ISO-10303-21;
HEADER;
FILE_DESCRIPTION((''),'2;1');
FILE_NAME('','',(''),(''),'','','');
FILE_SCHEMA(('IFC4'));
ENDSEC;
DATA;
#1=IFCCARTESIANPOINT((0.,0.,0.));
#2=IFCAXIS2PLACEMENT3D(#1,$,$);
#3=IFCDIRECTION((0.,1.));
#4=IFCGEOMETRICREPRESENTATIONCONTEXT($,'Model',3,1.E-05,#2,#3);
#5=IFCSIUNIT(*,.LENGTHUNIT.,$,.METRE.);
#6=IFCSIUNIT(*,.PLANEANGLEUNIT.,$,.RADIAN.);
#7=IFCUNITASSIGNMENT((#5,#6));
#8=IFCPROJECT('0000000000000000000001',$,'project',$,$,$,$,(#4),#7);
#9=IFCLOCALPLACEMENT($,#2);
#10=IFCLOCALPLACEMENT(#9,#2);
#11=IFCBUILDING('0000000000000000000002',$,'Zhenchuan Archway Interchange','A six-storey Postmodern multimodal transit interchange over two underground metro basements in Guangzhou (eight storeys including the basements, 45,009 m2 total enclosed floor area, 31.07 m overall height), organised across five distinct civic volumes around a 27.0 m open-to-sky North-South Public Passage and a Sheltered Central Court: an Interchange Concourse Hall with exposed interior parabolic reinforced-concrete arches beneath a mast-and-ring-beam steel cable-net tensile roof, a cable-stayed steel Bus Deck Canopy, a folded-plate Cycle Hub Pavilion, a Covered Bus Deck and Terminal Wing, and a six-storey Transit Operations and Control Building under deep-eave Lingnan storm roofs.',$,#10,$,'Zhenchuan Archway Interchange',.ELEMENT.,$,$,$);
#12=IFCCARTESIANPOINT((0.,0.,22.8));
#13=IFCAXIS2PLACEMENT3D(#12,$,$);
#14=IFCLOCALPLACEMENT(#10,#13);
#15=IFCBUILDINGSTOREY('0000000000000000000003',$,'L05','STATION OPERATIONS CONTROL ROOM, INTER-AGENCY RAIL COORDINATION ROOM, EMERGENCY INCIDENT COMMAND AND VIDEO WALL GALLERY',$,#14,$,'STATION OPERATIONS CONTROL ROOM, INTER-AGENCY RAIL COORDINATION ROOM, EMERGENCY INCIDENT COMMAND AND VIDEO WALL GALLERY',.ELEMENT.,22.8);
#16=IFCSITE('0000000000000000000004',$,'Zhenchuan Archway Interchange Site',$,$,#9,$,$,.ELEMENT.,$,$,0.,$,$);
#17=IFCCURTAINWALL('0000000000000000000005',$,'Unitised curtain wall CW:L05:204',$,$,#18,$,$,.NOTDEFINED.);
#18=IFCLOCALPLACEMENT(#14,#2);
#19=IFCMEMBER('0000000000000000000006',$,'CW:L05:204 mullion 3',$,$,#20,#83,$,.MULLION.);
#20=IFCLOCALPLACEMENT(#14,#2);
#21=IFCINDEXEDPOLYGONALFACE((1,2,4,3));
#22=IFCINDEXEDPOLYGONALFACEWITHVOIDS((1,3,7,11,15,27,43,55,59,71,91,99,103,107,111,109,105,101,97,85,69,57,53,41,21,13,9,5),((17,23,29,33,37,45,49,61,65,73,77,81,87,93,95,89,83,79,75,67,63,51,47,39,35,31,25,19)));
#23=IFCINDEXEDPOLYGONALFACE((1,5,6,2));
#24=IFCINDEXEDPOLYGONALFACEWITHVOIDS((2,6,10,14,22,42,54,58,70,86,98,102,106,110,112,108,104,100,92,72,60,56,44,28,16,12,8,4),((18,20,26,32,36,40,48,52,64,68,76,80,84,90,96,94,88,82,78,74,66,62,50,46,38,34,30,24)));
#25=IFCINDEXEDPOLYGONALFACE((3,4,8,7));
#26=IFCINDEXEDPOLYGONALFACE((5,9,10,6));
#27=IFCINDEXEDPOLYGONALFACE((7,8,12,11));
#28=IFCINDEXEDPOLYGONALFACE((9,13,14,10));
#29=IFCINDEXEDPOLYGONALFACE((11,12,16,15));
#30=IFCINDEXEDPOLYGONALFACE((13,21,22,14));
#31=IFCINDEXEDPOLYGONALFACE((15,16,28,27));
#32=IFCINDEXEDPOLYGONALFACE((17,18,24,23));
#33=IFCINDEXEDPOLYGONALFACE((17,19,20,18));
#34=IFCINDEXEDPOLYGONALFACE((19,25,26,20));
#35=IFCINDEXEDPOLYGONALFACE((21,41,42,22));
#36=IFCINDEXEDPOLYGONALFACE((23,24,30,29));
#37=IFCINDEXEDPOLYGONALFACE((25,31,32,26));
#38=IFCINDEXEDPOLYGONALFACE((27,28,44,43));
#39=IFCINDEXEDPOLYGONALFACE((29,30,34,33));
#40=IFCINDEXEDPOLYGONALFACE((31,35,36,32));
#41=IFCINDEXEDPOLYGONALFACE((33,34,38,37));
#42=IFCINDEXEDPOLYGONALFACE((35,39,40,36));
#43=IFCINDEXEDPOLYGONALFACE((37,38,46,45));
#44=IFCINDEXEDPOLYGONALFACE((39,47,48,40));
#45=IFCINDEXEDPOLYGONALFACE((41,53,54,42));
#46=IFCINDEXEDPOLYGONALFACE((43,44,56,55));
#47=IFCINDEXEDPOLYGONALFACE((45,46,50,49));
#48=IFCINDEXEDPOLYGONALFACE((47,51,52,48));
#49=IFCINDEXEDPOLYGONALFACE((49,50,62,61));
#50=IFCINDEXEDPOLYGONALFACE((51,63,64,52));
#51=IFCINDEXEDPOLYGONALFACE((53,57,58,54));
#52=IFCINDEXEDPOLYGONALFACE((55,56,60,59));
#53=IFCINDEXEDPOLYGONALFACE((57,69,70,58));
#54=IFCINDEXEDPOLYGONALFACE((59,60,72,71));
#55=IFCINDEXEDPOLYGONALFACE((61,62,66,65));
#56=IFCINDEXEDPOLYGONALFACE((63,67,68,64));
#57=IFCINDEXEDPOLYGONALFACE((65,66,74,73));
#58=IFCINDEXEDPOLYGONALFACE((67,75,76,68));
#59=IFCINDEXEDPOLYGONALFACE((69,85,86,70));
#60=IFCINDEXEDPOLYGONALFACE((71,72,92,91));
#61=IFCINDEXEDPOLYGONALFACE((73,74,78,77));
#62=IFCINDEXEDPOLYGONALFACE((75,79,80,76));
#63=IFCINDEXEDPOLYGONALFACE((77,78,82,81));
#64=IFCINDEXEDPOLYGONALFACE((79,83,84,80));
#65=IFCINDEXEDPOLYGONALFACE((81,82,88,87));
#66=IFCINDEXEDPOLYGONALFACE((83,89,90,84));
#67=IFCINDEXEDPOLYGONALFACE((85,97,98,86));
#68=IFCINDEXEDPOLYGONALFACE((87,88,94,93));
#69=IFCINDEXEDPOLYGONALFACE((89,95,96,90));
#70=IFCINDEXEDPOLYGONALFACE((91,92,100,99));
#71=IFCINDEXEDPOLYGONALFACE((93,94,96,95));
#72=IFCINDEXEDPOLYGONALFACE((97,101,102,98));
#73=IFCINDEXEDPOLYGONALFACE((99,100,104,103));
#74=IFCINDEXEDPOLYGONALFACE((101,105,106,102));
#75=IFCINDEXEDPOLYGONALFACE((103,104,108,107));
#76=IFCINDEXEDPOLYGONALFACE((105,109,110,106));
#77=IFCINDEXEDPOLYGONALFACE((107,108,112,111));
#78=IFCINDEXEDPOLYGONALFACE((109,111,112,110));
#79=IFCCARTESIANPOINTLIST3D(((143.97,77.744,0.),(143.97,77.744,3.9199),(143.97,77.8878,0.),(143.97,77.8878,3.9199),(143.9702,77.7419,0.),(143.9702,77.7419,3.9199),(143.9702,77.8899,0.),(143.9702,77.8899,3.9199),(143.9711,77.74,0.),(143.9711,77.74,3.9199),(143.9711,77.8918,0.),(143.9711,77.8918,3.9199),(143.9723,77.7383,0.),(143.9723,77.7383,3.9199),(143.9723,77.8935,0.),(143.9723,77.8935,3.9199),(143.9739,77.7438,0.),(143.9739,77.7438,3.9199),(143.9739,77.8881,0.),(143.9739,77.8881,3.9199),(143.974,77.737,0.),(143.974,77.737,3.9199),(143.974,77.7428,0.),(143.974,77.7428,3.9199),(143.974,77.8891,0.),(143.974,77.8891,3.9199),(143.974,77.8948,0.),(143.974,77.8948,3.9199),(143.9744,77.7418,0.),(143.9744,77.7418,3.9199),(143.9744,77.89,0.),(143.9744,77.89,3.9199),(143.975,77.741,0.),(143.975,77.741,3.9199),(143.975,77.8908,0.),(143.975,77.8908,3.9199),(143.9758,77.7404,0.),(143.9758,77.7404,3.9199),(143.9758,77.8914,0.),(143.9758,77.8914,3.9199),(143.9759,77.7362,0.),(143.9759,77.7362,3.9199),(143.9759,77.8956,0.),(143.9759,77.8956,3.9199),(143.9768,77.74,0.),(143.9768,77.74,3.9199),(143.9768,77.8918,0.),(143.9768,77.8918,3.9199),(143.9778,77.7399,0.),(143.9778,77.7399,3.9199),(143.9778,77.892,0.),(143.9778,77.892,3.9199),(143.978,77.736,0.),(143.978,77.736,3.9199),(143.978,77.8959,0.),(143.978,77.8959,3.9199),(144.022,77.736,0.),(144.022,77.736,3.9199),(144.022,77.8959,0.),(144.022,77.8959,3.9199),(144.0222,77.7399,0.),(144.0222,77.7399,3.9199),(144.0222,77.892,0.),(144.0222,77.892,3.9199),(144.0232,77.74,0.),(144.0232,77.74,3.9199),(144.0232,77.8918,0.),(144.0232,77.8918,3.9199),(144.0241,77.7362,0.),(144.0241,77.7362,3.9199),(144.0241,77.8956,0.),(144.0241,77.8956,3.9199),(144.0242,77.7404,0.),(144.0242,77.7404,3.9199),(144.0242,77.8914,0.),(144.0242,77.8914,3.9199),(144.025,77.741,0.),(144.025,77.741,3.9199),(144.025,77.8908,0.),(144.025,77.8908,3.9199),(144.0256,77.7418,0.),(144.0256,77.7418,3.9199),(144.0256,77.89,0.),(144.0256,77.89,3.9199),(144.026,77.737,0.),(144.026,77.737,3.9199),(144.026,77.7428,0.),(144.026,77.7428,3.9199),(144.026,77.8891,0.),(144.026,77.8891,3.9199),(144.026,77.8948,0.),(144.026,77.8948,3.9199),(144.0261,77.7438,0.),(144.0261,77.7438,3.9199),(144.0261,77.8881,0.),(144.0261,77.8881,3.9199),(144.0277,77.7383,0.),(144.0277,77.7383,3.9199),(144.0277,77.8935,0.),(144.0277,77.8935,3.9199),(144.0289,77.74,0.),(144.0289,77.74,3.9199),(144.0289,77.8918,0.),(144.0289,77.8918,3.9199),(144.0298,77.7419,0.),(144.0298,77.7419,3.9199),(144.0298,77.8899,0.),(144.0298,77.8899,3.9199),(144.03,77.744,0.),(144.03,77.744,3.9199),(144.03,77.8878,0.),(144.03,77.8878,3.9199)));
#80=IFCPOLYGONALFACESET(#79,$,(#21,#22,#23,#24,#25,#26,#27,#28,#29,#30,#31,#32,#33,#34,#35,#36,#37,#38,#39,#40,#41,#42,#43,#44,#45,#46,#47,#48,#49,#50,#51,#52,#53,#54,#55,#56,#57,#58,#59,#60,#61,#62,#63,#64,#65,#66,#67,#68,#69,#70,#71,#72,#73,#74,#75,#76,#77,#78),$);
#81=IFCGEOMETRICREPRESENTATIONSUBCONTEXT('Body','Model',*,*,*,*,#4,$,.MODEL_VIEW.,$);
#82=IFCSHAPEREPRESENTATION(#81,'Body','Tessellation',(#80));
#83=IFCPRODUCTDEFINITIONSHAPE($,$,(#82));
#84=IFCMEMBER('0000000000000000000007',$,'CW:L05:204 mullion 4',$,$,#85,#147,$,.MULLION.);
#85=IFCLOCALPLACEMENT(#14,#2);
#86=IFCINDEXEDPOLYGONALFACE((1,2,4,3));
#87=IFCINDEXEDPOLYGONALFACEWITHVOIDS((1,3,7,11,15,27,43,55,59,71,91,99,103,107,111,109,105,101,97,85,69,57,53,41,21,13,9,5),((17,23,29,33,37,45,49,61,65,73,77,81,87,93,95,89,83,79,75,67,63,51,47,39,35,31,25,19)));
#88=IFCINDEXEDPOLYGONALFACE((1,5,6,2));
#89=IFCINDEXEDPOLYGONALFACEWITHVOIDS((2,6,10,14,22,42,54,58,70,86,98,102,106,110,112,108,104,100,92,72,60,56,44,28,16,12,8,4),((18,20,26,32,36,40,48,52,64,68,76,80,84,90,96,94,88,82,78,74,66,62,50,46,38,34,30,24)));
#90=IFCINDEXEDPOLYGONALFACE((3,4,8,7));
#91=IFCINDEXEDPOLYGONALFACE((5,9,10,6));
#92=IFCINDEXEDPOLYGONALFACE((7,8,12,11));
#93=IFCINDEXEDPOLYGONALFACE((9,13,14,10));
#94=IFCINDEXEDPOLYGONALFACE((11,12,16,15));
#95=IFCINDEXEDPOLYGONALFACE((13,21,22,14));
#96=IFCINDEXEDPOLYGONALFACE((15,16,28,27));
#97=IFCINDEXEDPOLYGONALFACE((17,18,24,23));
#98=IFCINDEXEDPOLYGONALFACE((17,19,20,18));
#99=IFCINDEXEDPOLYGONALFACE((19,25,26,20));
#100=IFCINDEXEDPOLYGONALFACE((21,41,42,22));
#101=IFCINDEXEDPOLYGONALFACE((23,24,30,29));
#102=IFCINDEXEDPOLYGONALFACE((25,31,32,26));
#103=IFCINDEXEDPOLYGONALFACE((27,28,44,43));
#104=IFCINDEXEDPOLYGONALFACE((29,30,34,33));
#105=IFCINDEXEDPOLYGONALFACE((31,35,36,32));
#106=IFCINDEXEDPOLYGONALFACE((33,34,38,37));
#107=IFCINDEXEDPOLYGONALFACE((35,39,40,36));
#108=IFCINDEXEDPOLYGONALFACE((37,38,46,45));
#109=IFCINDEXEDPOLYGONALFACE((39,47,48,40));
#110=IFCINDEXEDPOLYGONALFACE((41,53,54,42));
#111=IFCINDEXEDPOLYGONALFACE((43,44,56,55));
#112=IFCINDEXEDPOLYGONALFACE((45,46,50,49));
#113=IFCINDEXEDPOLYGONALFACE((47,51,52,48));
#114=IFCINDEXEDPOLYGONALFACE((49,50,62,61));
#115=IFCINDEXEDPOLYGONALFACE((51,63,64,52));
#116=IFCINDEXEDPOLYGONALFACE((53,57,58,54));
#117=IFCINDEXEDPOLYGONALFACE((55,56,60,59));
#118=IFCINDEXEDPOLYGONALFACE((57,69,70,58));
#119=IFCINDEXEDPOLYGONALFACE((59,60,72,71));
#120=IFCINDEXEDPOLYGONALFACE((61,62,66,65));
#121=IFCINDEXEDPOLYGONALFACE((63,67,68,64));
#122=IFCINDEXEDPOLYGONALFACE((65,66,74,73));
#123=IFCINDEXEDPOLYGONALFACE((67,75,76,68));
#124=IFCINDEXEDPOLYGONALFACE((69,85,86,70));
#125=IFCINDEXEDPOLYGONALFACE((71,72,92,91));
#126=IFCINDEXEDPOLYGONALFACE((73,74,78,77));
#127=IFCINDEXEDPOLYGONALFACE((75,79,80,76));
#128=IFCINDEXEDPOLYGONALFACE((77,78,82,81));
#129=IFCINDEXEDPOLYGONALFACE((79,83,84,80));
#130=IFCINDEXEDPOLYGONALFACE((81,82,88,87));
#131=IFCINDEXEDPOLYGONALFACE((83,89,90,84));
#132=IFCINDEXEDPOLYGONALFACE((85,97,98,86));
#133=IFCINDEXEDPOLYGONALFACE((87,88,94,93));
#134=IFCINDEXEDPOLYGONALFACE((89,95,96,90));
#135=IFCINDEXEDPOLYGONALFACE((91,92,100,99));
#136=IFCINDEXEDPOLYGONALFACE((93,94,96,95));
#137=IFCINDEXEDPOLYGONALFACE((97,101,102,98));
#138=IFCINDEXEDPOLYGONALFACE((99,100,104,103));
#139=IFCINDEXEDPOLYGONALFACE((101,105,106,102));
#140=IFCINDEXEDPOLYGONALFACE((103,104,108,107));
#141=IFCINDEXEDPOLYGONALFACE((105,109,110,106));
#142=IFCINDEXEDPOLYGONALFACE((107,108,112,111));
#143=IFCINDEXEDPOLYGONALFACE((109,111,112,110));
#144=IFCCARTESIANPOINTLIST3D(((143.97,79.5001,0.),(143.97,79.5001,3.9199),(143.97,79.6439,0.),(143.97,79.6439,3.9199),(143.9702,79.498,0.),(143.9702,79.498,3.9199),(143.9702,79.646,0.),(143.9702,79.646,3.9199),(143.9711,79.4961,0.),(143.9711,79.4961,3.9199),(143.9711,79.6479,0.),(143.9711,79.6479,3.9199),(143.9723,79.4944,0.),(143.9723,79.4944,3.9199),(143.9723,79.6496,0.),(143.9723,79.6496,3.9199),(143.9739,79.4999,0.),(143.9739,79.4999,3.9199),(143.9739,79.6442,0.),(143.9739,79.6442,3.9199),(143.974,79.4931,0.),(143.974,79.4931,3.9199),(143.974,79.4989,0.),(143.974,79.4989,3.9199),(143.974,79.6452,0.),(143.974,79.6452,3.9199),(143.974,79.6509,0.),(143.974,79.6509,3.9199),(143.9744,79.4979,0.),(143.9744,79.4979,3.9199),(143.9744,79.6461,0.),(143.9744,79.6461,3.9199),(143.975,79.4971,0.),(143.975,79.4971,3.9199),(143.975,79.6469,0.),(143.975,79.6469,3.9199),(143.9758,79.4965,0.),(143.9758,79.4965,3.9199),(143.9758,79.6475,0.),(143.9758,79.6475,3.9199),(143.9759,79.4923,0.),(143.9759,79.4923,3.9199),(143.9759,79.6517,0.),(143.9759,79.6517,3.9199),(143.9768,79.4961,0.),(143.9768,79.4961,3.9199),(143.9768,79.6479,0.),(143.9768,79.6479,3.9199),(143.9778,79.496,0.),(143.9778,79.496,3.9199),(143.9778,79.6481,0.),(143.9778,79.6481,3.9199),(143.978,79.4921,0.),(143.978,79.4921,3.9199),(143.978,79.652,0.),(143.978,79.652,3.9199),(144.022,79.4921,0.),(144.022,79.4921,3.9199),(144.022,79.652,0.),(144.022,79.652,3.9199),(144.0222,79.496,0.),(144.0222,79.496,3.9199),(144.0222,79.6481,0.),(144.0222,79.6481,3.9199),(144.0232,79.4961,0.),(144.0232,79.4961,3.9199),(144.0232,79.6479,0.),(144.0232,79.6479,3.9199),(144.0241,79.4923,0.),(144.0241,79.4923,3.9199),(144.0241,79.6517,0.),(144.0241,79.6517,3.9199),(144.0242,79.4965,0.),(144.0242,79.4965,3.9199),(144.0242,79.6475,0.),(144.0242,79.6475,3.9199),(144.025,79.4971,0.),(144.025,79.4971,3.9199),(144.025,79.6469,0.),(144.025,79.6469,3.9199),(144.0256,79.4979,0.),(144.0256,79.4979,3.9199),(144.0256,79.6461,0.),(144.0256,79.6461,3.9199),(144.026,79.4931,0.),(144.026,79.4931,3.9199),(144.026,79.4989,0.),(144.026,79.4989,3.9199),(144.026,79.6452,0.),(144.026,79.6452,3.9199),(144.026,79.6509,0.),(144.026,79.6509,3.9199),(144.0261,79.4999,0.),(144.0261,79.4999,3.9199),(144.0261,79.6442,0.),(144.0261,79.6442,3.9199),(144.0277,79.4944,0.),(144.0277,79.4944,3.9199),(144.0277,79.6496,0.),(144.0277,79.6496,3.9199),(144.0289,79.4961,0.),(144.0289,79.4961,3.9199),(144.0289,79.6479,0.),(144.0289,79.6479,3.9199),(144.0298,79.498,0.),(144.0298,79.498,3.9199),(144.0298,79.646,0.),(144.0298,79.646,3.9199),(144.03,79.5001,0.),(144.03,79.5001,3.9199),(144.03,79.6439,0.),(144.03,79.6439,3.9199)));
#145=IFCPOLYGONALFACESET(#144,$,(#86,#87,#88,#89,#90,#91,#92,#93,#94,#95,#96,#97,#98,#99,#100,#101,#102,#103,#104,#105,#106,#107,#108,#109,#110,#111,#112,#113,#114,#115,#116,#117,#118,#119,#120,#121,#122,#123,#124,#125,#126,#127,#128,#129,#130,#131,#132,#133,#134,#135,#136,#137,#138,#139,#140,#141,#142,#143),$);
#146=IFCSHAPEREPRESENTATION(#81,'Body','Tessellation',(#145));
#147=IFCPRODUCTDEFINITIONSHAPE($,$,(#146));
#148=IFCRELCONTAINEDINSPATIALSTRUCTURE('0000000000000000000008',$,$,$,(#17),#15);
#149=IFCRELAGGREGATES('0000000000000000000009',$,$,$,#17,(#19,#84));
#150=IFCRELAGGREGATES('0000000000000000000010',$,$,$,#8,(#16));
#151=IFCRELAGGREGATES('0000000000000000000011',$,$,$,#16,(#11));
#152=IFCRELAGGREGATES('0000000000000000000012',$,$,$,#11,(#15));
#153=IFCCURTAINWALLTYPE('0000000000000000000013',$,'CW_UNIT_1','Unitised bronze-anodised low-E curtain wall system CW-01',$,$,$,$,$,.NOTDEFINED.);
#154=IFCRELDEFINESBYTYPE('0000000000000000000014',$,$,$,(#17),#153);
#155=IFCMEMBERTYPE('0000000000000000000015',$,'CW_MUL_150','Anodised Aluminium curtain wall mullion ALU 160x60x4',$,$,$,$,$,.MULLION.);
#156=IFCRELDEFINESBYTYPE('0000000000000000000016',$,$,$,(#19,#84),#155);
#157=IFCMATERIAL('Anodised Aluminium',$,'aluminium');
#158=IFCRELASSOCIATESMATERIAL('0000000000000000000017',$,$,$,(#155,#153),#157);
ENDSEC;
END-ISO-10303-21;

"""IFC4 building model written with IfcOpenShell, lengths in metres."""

from ifc_helpers import new_model, si_unit, direction, frame, origin, origin_2d, place, context, subcontext, project, spatial, hollow_rectangle, extrude, material, material_profile, profile_set, type_object, element, aggregate, save


model = new_model("IFC4")

# Units and contexts
model_context = context("Model", 3, precision=1e-05, world=origin(), true_north=direction((0.0, 1.0)))
body_context = subcontext(model_context, "Body", "Model", "MODEL_VIEW")
ifc_project = project(units=[si_unit("LENGTHUNIT", "METRE"), si_unit("PLANEANGLEUNIT", "RADIAN")], contexts=[model_context])

# Site, building, storey
site_placement = place(None, origin())
site = spatial("IfcSite", under=ifc_project, at=site_placement, Name="Zhenchuan Archway Interchange Site", CompositionType="ELEMENT", RefElevation=0.0)
building_placement = place(site_placement, origin())
building = spatial("IfcBuilding", under=site, at=building_placement, Name="Zhenchuan Archway Interchange", Description="A six-storey Postmodern multimodal transit interchange over two underground metro basements in Guangzhou (eight storeys including the basements, 45,009 m2 total enclosed floor area, 31.07 m overall height), organised across five distinct civic volumes around a 27.0 m open-to-sky North-South Public Passage and a Sheltered Central Court: an Interchange Concourse Hall with exposed interior parabolic reinforced-concrete arches beneath a mast-and-ring-beam steel cable-net tensile roof, a cable-stayed steel Bus Deck Canopy, a folded-plate Cycle Hub Pavilion, a Covered Bus Deck and Terminal Wing, and a six-storey Transit Operations and Control Building under deep-eave Lingnan storm roofs.", LongName="Zhenchuan Archway Interchange", CompositionType="ELEMENT")
storey_placement = place(building_placement, frame((0.0, 0.0, 22.8)))
storey = spatial("IfcBuildingStorey", under=building, at=storey_placement, Name="L05", Description="STATION OPERATIONS CONTROL ROOM, INTER-AGENCY RAIL COORDINATION ROOM, EMERGENCY INCIDENT COMMAND AND VIDEO WALL GALLERY", LongName="STATION OPERATIONS CONTROL ROOM, INTER-AGENCY RAIL COORDINATION ROOM, EMERGENCY INCIDENT COMMAND AND VIDEO WALL GALLERY", CompositionType="ELEMENT", Elevation=22.8)

# Shared definitions
ifc_material_1 = material(Name="Anodised Aluminium", Category="aluminium")
ifc_material_profile_1 = material_profile(ifc_material_1, hollow_rectangle(XDim=0.0601, YDim=0.1599, WallThickness=0.0039, InnerFilletRadius=0.0039, OuterFilletRadius=0.0081, at=origin_2d()), Name="ALU 160x60x4")
ifc_profile_set_1 = profile_set([ifc_material_profile_1], Name="Anodised Aluminium")
member_type_1 = type_object("IfcMemberType", Name="CW_MUL_150", Description="Anodised Aluminium curtain wall mullion ALU 160x60x4", PredefinedType="MULLION", material=ifc_profile_set_1)

# Curtain wall, members
curtain_wall_type_1 = type_object("IfcCurtainWallType", Name="CW_UNIT_1", Description="Unitised bronze-anodised low-E curtain wall system CW-01", PredefinedType="NOTDEFINED", material=ifc_material_1)
curtain_wall_1_placement = place(storey_placement, origin())
curtain_wall_1 = element("IfcCurtainWall", 1, at=curtain_wall_1_placement, inside=storey, type_object=curtain_wall_type_1, Name="Unitised curtain wall CW:L05:204", PredefinedType="NOTDEFINED")
member_1_placement = place(storey_placement, frame((144.0, 77.8159, 0.0), z_axis=(0.0, 0.0, 1.0), x_axis=(1.0, 0.0, 0.0)))
member_1 = element("IfcMember", 2, at=member_1_placement, type_object=member_type_1, Name="CW:L05:204 mullion 3", PredefinedType="MULLION", context=body_context, shape_type="SweptSolid", body=[
    extrude(hollow_rectangle(XDim=0.0601, YDim=0.1599, WallThickness=0.0039, InnerFilletRadius=0.0039, OuterFilletRadius=0.0081, at=origin_2d()), origin(), (0.0, 0.0, 1.0), 3.9199),
])
member_2_placement = place(storey_placement, frame((144.0, 79.572, 0.0), z_axis=(0.0, 0.0, 1.0), x_axis=(1.0, 0.0, 0.0)))
member_2 = element("IfcMember", 3, at=member_2_placement, type_object=member_type_1, Name="CW:L05:204 mullion 4", PredefinedType="MULLION", context=body_context, shape_type="SweptSolid", body=[
    extrude(hollow_rectangle(XDim=0.0601, YDim=0.1599, WallThickness=0.0039, InnerFilletRadius=0.0039, OuterFilletRadius=0.0081, at=origin_2d()), origin(), (0.0, 0.0, 1.0), 3.9199),
])

aggregate(curtain_wall_1, [member_1, member_2])

save(model, "model.ifc")
